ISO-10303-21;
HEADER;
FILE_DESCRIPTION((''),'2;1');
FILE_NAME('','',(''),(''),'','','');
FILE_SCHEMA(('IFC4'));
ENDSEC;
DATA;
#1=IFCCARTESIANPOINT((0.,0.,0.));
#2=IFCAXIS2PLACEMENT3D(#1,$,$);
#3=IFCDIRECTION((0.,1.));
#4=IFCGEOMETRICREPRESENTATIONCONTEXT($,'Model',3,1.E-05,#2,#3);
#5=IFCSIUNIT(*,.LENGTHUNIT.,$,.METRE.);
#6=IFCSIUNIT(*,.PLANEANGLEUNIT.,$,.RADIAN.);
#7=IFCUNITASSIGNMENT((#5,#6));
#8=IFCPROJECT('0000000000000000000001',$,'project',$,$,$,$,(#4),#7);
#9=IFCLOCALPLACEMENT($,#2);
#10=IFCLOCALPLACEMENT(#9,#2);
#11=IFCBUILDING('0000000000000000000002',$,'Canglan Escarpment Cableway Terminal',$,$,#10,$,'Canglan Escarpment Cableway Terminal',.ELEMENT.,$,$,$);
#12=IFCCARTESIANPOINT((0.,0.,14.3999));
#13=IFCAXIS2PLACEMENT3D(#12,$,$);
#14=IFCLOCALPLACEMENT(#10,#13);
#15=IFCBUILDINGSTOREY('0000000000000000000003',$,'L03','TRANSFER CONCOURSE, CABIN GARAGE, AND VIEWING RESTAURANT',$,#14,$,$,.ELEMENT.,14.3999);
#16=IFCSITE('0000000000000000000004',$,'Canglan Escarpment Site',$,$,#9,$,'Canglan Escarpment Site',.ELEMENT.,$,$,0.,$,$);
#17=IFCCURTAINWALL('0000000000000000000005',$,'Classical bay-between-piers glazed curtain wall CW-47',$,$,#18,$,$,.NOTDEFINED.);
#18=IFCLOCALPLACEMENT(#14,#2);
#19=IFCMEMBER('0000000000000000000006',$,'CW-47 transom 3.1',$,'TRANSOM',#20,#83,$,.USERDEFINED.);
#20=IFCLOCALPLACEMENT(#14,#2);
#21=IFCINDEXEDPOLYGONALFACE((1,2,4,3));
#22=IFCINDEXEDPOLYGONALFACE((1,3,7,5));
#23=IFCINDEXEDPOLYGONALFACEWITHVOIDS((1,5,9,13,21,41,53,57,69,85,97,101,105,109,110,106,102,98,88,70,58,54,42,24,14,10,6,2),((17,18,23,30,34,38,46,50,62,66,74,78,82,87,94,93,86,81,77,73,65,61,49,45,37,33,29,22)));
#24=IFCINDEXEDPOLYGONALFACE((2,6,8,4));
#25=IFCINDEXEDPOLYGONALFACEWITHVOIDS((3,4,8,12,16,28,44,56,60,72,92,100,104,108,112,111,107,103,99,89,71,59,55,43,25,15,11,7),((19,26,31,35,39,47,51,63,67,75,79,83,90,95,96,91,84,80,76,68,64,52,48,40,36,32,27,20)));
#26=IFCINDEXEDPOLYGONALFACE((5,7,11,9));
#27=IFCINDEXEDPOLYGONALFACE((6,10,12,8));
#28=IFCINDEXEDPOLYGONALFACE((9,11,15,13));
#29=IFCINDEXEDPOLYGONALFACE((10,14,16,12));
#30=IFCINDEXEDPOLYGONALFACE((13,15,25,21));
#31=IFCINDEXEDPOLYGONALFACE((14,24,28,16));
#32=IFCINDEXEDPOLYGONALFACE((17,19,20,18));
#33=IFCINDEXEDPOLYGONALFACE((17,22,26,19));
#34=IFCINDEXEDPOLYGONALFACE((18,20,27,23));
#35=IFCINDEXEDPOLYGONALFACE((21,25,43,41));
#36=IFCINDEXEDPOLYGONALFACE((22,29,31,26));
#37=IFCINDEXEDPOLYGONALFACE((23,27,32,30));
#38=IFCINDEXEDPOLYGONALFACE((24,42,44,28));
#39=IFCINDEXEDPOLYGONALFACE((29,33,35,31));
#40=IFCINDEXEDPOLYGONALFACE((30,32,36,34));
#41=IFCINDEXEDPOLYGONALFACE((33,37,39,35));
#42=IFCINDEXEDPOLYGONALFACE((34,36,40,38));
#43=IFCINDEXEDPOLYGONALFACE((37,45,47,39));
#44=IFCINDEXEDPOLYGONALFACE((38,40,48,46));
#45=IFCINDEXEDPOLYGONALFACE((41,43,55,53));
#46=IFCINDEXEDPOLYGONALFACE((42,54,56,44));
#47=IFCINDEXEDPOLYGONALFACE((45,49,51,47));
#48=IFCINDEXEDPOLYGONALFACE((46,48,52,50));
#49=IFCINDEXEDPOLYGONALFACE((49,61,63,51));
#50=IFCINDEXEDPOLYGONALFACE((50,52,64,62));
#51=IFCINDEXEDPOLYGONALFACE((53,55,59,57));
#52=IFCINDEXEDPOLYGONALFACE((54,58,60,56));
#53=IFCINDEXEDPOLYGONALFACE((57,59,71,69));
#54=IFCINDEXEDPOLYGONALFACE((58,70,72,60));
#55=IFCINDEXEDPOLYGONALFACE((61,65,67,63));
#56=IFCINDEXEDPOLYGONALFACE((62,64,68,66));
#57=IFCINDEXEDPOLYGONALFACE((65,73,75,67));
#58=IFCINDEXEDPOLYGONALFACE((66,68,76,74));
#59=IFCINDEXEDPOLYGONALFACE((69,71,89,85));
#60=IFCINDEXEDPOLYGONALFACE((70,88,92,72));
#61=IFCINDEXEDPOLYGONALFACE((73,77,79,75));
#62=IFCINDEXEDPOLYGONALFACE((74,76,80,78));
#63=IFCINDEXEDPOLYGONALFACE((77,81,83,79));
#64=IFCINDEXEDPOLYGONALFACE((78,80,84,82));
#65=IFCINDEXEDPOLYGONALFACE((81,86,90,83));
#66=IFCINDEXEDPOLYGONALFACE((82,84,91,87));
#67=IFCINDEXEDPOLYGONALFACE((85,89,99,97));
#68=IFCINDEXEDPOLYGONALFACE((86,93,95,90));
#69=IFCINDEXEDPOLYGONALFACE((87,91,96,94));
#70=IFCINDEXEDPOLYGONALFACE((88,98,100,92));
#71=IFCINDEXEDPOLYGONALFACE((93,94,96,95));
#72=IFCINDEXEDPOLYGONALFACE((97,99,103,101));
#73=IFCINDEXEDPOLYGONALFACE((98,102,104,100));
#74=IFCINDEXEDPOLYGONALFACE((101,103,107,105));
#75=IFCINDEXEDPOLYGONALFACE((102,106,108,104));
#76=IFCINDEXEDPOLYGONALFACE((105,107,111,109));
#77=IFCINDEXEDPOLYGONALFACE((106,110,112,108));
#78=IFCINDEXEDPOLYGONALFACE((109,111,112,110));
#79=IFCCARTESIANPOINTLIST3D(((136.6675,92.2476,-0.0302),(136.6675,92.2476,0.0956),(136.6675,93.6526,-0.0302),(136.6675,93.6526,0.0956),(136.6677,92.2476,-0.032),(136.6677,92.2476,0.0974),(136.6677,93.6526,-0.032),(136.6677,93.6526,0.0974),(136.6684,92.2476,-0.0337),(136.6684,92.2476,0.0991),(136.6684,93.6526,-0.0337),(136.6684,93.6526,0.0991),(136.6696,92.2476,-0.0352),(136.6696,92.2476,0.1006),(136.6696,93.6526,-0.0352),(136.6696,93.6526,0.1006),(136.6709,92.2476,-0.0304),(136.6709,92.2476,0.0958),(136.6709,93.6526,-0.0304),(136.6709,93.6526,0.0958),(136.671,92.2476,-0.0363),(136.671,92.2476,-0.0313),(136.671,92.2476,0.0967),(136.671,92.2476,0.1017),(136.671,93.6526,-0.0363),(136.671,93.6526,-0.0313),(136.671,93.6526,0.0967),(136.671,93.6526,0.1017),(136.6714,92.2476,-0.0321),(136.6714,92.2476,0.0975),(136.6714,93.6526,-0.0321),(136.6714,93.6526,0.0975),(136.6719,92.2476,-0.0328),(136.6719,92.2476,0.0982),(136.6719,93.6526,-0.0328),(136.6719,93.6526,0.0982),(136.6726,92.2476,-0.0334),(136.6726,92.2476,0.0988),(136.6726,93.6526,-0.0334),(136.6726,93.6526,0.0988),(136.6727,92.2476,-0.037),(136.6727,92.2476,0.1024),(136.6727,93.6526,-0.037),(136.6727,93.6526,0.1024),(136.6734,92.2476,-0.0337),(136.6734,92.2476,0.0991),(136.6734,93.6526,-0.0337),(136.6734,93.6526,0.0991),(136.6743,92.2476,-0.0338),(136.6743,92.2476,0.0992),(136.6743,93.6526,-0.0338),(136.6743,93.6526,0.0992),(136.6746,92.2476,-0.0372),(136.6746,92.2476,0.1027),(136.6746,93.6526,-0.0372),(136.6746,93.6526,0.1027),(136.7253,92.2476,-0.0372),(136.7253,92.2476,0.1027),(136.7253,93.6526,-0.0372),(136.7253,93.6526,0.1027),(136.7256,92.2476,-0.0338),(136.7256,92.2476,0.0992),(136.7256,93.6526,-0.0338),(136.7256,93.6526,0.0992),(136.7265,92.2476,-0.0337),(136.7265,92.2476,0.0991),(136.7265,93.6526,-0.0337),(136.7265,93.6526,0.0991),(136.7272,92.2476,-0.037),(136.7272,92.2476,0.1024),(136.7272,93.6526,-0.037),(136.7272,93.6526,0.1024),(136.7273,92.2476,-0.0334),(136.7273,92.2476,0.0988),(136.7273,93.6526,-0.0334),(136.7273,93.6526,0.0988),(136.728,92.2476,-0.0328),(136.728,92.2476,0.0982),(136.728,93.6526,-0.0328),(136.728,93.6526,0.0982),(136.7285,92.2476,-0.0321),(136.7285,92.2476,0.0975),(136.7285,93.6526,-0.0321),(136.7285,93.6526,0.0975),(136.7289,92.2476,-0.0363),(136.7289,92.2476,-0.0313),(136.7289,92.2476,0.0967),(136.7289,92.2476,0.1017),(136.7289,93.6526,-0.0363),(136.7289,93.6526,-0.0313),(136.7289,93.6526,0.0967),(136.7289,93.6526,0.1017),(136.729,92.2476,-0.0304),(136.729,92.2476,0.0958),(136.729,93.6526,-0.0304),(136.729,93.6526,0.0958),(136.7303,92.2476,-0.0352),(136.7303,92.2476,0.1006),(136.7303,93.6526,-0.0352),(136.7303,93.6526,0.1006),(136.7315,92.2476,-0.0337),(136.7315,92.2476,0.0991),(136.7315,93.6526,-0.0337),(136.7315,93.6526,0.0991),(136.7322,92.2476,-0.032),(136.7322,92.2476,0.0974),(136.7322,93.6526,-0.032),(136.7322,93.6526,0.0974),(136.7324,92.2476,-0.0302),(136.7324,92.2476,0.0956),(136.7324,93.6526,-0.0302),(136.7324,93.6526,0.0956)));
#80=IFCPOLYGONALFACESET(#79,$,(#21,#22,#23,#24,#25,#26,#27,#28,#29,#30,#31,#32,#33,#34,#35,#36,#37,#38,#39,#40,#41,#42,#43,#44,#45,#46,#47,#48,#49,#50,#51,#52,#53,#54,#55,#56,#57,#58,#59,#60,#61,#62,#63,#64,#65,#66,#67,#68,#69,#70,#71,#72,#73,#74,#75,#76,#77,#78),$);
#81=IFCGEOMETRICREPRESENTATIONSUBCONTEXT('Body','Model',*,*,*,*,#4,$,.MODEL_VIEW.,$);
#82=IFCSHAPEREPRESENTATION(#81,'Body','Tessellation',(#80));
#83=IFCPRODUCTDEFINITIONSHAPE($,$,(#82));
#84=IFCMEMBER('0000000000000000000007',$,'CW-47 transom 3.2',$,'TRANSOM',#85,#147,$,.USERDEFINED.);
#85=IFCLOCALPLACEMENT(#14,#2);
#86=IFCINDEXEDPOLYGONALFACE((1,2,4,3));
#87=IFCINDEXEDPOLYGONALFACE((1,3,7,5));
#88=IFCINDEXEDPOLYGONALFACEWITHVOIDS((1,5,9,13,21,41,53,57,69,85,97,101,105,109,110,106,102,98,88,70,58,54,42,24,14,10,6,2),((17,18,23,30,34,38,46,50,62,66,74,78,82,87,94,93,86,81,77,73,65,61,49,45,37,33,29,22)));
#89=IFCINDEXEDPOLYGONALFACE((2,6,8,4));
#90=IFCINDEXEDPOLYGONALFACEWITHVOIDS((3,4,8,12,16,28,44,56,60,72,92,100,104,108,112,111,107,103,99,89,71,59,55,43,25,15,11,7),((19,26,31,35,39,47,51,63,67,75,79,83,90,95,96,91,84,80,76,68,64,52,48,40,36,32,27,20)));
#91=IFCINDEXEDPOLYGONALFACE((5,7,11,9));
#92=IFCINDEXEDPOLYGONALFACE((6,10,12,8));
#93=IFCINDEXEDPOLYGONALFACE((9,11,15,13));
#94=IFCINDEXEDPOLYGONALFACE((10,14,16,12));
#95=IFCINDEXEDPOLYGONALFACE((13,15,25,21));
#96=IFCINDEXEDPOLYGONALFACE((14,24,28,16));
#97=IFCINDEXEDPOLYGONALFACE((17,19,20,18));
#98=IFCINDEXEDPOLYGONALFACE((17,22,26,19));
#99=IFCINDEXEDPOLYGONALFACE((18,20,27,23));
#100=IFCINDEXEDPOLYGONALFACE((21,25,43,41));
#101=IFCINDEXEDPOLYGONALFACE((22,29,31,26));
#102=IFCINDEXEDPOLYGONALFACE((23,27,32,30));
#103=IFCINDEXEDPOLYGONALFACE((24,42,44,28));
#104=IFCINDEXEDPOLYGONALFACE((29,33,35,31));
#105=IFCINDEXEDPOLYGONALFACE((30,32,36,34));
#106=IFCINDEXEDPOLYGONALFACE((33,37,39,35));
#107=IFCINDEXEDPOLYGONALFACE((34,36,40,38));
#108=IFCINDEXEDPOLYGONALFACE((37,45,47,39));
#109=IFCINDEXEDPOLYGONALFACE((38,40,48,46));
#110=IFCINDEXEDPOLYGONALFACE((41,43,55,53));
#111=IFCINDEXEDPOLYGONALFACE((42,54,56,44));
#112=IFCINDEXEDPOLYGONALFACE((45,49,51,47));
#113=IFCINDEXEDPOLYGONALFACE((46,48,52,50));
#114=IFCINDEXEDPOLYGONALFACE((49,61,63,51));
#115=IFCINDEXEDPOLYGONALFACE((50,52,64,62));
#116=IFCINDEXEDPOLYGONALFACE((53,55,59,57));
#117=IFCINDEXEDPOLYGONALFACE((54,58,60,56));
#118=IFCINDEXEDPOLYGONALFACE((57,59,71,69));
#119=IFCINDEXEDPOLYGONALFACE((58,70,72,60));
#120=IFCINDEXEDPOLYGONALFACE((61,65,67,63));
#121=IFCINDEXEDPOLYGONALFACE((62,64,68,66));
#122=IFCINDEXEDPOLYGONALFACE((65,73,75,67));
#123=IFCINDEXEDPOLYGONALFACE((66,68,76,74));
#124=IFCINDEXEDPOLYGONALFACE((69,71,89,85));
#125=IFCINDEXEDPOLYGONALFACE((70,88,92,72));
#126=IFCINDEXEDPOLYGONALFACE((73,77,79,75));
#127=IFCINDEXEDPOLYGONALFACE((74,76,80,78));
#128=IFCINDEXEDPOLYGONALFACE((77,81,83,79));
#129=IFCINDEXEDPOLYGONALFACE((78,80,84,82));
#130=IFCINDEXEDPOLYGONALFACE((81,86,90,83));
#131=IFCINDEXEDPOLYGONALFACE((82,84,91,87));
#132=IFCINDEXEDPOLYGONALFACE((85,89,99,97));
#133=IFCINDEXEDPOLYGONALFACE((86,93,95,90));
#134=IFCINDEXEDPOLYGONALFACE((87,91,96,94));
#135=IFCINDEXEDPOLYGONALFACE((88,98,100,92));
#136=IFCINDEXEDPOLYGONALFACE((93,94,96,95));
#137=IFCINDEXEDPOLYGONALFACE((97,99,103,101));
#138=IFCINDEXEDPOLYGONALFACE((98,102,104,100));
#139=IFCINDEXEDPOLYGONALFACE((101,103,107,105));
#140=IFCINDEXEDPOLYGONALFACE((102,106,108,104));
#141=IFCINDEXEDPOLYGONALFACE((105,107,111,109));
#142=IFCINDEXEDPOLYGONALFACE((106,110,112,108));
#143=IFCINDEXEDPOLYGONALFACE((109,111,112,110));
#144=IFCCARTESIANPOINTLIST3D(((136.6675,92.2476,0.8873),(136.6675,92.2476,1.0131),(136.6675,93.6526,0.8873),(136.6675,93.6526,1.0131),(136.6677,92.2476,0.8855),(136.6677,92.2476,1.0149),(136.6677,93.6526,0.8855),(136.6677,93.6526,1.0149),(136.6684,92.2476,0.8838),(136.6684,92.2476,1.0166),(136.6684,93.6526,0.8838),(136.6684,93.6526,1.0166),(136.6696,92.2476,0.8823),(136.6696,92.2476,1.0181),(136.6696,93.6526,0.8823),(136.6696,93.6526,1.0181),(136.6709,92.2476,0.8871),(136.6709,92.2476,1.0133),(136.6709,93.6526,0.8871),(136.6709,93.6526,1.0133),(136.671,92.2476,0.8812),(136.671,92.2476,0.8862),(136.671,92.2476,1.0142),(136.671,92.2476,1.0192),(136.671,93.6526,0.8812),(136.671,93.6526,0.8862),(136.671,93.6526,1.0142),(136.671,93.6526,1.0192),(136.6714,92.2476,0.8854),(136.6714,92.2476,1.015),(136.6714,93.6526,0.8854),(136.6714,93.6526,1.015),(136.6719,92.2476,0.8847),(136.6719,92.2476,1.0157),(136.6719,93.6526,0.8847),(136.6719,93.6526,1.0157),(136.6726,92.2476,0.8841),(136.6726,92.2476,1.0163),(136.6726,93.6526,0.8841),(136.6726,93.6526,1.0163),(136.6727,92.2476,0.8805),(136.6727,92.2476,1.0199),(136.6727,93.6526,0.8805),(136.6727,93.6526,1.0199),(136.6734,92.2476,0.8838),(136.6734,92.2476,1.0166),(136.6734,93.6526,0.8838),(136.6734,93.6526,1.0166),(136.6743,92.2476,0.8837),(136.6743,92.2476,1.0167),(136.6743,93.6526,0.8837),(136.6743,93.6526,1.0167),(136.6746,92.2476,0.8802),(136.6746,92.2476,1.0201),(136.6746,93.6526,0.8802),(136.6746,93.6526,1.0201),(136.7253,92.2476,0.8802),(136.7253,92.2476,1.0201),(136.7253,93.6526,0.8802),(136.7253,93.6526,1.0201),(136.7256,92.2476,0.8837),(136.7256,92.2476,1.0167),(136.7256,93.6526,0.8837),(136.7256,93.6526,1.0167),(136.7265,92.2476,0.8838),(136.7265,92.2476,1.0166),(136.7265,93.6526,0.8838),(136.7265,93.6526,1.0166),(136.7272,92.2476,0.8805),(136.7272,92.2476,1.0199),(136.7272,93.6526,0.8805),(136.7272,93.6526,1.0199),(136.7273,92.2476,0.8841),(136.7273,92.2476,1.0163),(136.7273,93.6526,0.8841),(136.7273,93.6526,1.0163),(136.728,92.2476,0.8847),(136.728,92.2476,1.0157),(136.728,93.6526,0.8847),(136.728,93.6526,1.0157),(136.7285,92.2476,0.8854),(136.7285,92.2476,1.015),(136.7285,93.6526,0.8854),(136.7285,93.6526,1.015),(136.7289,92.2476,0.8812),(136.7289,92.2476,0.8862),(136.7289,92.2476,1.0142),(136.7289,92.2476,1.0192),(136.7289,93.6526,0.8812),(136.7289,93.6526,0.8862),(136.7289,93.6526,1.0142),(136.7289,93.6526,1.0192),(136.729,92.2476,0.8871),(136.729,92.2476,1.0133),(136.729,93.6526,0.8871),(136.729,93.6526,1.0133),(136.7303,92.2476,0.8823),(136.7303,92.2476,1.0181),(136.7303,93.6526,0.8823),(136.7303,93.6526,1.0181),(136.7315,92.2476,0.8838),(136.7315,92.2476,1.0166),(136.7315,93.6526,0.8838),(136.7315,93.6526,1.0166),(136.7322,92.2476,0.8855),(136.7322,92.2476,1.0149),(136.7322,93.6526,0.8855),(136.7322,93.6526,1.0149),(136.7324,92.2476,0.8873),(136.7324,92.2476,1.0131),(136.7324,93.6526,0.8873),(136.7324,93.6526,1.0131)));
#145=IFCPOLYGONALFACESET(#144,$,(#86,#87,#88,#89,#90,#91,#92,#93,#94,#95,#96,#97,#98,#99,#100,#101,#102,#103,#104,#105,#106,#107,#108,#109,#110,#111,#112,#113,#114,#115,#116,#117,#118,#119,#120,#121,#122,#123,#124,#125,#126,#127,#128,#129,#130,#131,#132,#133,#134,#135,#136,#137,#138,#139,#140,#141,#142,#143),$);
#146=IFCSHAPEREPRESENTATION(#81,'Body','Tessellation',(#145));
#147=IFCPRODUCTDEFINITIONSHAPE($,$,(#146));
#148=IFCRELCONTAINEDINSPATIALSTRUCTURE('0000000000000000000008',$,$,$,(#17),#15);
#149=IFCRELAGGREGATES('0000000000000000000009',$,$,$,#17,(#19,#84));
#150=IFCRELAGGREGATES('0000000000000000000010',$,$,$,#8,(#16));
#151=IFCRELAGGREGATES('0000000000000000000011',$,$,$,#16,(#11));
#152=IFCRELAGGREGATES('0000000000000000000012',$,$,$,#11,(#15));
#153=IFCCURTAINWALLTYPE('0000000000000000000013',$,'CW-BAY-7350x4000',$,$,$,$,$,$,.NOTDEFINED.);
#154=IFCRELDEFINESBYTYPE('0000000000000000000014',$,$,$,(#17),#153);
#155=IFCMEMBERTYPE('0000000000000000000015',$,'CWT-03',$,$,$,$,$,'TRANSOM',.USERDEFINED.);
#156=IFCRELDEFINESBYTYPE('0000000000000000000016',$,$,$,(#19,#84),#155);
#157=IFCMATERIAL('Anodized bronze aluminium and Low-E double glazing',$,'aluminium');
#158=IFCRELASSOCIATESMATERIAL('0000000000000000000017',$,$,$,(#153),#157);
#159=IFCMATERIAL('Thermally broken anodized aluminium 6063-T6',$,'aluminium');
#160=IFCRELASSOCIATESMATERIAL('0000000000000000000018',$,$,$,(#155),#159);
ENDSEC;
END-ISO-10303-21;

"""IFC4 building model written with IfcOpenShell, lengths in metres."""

from ifc_helpers import new_model, si_unit, direction, frame, origin, origin_2d, place, context, subcontext, project, spatial, hollow_rectangle, extrude, material, material_profile, profile_set, type_object, element, aggregate, save


model = new_model("IFC4")

# Units and contexts
model_context = context("Model", 3, precision=1e-05, world=origin(), true_north=direction((0.0, 1.0)))
body_context = subcontext(model_context, "Body", "Model", "MODEL_VIEW")
ifc_project = project(units=[si_unit("LENGTHUNIT", "METRE"), si_unit("PLANEANGLEUNIT", "RADIAN")], contexts=[model_context])

# Site, building, storey
site_placement = place(None, origin())
site = spatial("IfcSite", under=ifc_project, at=site_placement, Name="Canglan Escarpment Site", LongName="Canglan Escarpment Site", CompositionType="ELEMENT", RefElevation=0.0)
building_placement = place(site_placement, origin())
building = spatial("IfcBuilding", under=site, at=building_placement, Name="Canglan Escarpment Cableway Terminal", LongName="Canglan Escarpment Cableway Terminal", CompositionType="ELEMENT")
storey_placement = place(building_placement, frame((0.0, 0.0, 14.3999)))
storey = spatial("IfcBuildingStorey", under=building, at=storey_placement, Name="L03", Description="TRANSFER CONCOURSE, CABIN GARAGE, AND VIEWING RESTAURANT", CompositionType="ELEMENT", Elevation=14.3999)

# Curtain wall, members
ifc_material_1 = material(Name="Anodized bronze aluminium and Low-E double glazing", Category="aluminium")
curtain_wall_type = type_object("IfcCurtainWallType", Name="CW-BAY-7350x4000", PredefinedType="NOTDEFINED", material=ifc_material_1)
curtain_wall_placement = place(storey_placement, origin())
curtain_wall = element("IfcCurtainWall", 1, at=curtain_wall_placement, inside=storey, type_object=curtain_wall_type, Name="Classical bay-between-piers glazed curtain wall CW-47", PredefinedType="NOTDEFINED")
ifc_material_2 = material(Name="Thermally broken anodized aluminium 6063-T6", Category="aluminium")
ifc_material_profile_1 = material_profile(ifc_material_2, hollow_rectangle(XDim=0.0649, YDim=0.1399, WallThickness=0.0034, InnerFilletRadius=0.0034, OuterFilletRadius=0.0071, at=origin_2d()), Name="ALU-TRAN 65x140x3.5")
ifc_profile_set_1 = profile_set([ifc_material_profile_1], Name="Thermally broken anodized aluminium 6063-T6")
member_type_1 = type_object("IfcMemberType", Name="CWT-03", ElementType="TRANSOM", PredefinedType="USERDEFINED", material=ifc_profile_set_1)
member_1_placement = place(storey_placement, frame((136.7, 92.2476, 0.0327), z_axis=(0.0, 1.0, 0.0), x_axis=(-1.0, 0.0, 0.0)))
member_1 = element("IfcMember", 2, at=member_1_placement, type_object=member_type_1, Name="CW-47 transom 3.1", ObjectType="TRANSOM", PredefinedType="USERDEFINED", context=body_context, shape_type="SweptSolid", body=[
    extrude(hollow_rectangle(XDim=0.0649, YDim=0.1399, WallThickness=0.0034, InnerFilletRadius=0.0034, OuterFilletRadius=0.0071, at=origin_2d()), origin(), (0.0, 0.0, 1.0), 1.405),
])
member_2_placement = place(storey_placement, frame((136.7, 92.2476, 0.9502), z_axis=(0.0, 1.0, 0.0), x_axis=(-1.0, 0.0, 0.0)))
member_2 = element("IfcMember", 3, at=member_2_placement, type_object=member_type_1, Name="CW-47 transom 3.2", ObjectType="TRANSOM", PredefinedType="USERDEFINED", context=body_context, shape_type="SweptSolid", body=[
    extrude(hollow_rectangle(XDim=0.0649, YDim=0.1399, WallThickness=0.0034, InnerFilletRadius=0.0034, OuterFilletRadius=0.0071, at=origin_2d()), origin(), (0.0, 0.0, 1.0), 1.405),
])
aggregate(curtain_wall, [member_1, member_2])

save(model, "model.ifc")
